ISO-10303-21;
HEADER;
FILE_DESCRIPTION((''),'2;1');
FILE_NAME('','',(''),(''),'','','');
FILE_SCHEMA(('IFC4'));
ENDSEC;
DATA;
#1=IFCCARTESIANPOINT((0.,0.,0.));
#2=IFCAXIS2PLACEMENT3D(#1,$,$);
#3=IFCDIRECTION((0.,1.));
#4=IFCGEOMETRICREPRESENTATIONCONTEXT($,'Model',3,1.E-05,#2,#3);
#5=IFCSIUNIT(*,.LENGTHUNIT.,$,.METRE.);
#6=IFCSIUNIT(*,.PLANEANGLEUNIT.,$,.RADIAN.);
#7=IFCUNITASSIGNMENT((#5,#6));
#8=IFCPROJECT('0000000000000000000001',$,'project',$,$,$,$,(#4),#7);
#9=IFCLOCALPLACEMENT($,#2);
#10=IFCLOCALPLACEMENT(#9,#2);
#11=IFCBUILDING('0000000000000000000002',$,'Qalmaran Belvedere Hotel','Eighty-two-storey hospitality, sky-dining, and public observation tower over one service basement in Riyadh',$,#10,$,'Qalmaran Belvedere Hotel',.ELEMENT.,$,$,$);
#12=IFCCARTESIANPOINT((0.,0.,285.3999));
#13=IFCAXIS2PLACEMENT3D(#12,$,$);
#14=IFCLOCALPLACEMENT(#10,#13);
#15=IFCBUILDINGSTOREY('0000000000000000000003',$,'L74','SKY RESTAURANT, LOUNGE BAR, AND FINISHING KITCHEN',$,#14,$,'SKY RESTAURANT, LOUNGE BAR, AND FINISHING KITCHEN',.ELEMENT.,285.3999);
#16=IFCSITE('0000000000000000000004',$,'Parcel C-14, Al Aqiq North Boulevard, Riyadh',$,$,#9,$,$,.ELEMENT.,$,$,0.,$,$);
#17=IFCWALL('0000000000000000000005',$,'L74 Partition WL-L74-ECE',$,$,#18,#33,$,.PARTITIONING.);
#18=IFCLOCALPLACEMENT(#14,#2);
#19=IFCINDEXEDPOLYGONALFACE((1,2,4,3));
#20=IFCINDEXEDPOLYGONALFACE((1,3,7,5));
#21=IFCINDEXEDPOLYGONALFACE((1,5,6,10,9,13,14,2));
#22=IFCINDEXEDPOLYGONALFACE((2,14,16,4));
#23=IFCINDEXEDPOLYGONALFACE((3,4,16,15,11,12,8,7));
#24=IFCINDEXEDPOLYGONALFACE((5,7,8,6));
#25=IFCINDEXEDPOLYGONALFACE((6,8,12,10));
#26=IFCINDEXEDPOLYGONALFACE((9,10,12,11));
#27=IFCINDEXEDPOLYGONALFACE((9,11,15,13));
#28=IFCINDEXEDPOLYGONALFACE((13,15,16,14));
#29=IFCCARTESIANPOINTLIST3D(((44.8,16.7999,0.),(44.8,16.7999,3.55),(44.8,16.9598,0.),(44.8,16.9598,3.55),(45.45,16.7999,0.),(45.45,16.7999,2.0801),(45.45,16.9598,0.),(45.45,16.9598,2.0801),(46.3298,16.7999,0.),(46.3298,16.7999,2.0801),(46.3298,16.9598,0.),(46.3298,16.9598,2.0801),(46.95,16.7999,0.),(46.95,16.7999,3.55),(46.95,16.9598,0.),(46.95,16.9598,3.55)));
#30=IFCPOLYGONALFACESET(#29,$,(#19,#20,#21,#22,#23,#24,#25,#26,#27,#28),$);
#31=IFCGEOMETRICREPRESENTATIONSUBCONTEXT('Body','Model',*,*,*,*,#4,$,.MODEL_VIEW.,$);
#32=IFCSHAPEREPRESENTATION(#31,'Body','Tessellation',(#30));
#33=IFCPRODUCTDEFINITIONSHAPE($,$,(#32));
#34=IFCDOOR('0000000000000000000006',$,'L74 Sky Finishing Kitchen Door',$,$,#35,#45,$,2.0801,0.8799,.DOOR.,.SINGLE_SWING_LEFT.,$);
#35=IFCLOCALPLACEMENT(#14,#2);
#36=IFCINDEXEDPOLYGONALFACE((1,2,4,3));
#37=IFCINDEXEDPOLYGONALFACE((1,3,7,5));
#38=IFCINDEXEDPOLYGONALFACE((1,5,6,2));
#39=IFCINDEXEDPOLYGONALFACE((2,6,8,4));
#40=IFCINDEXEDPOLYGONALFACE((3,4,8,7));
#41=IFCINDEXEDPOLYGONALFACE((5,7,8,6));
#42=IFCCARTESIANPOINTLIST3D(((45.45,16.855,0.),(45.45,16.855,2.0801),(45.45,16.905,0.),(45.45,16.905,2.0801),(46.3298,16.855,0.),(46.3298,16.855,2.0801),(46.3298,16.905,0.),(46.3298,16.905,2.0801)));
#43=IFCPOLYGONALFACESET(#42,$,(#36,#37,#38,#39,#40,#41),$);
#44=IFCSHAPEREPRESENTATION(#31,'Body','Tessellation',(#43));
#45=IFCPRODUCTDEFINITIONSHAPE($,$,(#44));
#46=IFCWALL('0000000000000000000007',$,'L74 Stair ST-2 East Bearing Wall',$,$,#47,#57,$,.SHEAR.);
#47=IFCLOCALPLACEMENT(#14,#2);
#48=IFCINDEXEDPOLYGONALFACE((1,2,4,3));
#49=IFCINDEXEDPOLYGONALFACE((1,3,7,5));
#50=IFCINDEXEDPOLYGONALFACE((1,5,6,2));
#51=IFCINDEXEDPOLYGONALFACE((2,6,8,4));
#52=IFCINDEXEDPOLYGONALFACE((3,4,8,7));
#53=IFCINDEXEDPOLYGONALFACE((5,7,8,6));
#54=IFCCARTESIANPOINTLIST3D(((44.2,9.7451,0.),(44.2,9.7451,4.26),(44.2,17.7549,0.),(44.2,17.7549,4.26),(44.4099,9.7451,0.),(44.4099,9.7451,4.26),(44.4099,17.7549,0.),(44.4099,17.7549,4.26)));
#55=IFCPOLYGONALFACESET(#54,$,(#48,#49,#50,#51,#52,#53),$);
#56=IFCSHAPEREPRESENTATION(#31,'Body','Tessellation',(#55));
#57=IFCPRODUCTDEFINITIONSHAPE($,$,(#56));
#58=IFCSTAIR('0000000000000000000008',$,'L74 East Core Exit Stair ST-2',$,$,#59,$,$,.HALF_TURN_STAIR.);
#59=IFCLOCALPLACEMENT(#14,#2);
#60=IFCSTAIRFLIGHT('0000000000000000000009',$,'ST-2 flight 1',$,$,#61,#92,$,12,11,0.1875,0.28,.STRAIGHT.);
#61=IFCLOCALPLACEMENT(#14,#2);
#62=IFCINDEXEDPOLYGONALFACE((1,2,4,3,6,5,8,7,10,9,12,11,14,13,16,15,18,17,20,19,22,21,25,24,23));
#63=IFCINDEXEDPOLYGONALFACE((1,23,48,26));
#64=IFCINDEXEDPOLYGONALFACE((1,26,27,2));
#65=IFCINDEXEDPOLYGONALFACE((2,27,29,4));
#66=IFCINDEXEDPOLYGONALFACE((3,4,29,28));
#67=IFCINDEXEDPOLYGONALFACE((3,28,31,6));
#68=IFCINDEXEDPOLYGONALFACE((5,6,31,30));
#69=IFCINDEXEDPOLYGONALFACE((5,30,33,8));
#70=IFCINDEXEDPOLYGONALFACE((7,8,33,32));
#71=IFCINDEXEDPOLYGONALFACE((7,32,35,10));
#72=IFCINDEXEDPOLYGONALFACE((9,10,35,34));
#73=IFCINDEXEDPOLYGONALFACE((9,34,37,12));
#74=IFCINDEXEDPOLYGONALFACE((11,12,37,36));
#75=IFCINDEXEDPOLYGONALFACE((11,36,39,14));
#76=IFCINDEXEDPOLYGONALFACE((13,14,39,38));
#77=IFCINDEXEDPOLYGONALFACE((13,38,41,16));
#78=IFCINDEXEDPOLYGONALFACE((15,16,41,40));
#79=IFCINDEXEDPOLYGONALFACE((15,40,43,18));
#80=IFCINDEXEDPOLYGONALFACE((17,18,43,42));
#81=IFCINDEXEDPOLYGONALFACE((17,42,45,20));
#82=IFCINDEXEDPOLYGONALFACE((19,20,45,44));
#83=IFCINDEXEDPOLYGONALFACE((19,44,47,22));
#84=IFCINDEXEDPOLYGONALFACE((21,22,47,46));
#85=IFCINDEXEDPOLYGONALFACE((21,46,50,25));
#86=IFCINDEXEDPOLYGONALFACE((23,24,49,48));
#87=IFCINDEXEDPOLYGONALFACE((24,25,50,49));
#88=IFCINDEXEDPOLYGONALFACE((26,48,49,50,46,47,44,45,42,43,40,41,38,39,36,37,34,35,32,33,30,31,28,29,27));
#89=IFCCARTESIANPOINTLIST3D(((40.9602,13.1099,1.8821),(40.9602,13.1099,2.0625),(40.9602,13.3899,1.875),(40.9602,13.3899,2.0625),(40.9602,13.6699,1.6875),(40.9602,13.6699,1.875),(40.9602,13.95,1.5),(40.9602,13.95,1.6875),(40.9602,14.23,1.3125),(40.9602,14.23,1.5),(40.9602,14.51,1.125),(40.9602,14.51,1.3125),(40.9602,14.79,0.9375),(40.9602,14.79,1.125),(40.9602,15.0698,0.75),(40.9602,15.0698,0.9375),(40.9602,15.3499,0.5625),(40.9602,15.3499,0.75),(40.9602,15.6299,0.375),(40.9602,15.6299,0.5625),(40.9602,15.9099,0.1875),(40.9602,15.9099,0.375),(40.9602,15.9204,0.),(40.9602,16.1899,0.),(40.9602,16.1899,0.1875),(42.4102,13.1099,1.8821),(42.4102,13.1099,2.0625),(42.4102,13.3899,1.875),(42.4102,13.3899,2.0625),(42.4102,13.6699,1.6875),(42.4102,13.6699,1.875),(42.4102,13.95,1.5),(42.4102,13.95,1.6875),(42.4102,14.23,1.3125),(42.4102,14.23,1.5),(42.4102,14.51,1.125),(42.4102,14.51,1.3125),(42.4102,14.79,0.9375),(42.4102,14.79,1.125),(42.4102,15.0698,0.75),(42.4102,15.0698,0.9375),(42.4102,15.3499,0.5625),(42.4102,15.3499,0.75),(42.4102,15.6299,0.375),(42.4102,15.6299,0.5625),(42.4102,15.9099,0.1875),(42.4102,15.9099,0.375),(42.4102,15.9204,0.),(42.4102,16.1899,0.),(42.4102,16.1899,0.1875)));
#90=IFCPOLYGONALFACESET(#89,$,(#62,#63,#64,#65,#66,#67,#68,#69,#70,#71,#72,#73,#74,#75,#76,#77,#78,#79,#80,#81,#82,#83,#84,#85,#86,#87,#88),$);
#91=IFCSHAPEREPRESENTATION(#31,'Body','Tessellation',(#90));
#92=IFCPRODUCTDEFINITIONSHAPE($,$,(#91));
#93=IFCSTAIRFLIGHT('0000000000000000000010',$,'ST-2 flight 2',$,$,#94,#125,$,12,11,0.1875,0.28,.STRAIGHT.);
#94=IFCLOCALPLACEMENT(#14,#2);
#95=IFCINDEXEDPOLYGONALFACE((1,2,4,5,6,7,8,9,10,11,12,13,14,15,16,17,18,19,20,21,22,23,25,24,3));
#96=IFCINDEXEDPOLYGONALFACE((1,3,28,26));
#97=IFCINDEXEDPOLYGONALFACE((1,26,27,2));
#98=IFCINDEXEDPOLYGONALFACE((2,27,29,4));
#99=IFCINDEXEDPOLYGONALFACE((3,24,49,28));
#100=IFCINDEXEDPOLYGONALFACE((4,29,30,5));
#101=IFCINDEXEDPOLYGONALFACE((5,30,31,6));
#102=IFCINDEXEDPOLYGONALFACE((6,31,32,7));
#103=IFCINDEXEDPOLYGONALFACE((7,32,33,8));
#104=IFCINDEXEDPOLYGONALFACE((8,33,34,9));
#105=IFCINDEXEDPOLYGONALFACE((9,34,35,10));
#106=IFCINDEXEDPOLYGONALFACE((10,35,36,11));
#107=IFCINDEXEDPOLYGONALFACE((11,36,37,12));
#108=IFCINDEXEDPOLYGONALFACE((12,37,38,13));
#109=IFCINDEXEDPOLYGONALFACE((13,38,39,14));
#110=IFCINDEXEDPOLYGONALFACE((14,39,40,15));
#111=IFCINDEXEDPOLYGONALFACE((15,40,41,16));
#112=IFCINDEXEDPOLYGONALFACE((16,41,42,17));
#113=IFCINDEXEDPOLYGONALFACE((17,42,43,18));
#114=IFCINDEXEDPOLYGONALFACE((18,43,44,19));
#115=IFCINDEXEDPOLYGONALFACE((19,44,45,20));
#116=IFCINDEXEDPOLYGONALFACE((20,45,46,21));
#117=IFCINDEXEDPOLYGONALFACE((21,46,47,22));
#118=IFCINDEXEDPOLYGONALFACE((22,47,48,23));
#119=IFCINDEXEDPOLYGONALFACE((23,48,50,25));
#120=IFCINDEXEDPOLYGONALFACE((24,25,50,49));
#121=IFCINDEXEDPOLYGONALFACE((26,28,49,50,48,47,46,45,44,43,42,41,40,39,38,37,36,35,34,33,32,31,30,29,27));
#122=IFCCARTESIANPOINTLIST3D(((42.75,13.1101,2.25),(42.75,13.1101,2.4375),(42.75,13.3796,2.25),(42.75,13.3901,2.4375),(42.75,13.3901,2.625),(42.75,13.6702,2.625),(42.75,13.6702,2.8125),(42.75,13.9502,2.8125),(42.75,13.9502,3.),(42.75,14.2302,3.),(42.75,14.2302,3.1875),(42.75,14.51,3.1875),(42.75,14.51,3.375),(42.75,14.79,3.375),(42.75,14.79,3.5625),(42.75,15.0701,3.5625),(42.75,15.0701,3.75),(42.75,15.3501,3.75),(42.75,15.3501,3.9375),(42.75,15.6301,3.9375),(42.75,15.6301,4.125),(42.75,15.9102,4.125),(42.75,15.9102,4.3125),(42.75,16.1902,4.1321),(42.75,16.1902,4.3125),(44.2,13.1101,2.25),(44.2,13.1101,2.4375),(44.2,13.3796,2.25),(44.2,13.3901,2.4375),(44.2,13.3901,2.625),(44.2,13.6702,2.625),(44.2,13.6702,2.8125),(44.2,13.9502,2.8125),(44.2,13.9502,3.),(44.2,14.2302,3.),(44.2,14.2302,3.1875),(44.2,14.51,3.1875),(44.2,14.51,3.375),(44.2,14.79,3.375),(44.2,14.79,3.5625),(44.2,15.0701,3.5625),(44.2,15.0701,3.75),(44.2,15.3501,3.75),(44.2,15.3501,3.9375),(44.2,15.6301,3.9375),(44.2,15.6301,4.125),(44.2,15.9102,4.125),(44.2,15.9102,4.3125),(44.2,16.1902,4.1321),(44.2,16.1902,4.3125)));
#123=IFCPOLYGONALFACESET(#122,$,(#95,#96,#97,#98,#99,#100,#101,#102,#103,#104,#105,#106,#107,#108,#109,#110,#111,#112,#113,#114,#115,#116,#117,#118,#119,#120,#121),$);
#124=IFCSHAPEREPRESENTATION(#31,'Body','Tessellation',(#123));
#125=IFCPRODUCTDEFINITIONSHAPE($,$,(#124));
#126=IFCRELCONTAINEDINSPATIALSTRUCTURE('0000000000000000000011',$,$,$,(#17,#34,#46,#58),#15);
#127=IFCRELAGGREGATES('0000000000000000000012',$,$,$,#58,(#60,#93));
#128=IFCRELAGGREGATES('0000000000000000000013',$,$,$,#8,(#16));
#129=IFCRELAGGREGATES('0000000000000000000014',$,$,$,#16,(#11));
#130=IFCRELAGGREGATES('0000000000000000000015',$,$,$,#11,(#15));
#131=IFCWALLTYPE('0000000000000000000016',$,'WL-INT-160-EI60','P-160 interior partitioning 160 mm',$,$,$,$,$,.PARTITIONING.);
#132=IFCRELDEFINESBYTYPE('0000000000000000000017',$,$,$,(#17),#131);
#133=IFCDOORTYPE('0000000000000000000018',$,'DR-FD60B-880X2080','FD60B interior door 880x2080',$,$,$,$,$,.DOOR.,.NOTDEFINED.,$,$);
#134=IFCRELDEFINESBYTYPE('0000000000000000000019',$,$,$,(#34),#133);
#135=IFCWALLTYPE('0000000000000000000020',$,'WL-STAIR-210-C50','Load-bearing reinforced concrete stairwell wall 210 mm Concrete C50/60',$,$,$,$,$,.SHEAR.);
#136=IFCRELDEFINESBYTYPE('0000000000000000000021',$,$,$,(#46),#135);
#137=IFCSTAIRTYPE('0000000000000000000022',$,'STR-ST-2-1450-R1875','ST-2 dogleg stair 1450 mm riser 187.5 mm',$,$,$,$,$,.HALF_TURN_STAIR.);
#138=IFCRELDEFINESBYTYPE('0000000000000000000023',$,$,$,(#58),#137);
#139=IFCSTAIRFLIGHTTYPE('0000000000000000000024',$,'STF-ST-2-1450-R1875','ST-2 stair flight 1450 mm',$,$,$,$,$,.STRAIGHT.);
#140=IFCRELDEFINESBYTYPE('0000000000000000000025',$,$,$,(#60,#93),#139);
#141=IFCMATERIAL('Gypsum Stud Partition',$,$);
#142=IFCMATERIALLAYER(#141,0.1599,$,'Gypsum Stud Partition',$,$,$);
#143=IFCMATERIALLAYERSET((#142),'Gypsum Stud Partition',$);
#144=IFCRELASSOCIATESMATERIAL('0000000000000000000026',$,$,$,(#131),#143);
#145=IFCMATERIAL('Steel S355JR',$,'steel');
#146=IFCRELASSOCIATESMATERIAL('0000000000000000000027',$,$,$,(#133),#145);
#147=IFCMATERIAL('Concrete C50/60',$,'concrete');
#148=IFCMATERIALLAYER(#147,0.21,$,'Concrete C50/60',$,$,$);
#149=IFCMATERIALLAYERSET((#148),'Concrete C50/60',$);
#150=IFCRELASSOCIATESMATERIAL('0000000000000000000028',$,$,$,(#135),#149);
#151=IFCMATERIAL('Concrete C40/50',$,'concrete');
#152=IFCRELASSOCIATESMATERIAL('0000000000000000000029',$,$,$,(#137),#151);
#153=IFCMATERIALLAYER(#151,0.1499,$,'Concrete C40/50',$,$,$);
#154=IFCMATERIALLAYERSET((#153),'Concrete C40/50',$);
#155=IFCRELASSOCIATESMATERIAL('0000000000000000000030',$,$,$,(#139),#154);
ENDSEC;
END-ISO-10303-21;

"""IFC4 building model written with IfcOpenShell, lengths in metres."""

from ifc_helpers import new_model, si_unit, direction, frame, frame_2d, origin, place, context, subcontext, project, spatial, polyline, rectangle, outline, extrude, material, layer, layer_set, type_object, element, fill, aggregate, save


model = new_model("IFC4")

# Units and contexts
model_context = context("Model", 3, precision=1e-05, world=origin(), true_north=direction((0.0, 1.0)))
body_context = subcontext(model_context, "Body", "Model", "MODEL_VIEW")
ifc_project = project(units=[si_unit("LENGTHUNIT", "METRE"), si_unit("PLANEANGLEUNIT", "RADIAN")], contexts=[model_context])

# Site, building, storey
site_placement = place(None, origin())
site = spatial("IfcSite", under=ifc_project, at=site_placement, Name="Parcel C-14, Al Aqiq North Boulevard, Riyadh", CompositionType="ELEMENT", RefElevation=0.0)
building_placement = place(site_placement, origin())
building = spatial("IfcBuilding", under=site, at=building_placement, Name="Qalmaran Belvedere Hotel", Description="Eighty-two-storey hospitality, sky-dining, and public observation tower over one service basement in Riyadh", LongName="Qalmaran Belvedere Hotel", CompositionType="ELEMENT")
storey_placement = place(building_placement, frame((0.0, 0.0, 285.3999)))
storey = spatial("IfcBuildingStorey", under=building, at=storey_placement, Name="L74", Description="SKY RESTAURANT, LOUNGE BAR, AND FINISHING KITCHEN", LongName="SKY RESTAURANT, LOUNGE BAR, AND FINISHING KITCHEN", CompositionType="ELEMENT", Elevation=285.3999)

# Shared definitions
ifc_material_1 = material(Name="Concrete C50/60", Category="concrete")

# Shared definitions
ifc_material_2 = material(Name="Steel S355JR", Category="steel")

# Wall, opening, door
ifc_material_3 = material(Name="Gypsum Stud Partition")
ifc_layer_1 = layer(ifc_material_3, 0.1599, Name="Gypsum Stud Partition")
ifc_layer_set_1 = layer_set([ifc_layer_1], Name="Gypsum Stud Partition")
wall_type_1 = type_object("IfcWallType", Name="WL-INT-160-EI60", Description="P-160 interior partitioning 160 mm", PredefinedType="PARTITIONING", material=ifc_layer_set_1)
wall_1_placement = place(storey_placement, frame((44.8, 16.8799, 0.0), z_axis=(0.0, 0.0, 1.0), x_axis=(1.0, 0.0, 0.0)))
wall_1 = element("IfcWall", 1, at=wall_1_placement, inside=storey, type_object=wall_type_1, Name="L74 Partition WL-L74-ECE", PredefinedType="PARTITIONING", context=body_context, shape_type="SweptSolid", body=[
    extrude(rectangle(XDim=2.1499, YDim=0.1599, at=frame_2d((1.075, 0.0))), origin(), (0.0, 0.0, 1.0), 3.55),
])
opening_1_placement = place(wall_1_placement, frame((1.5298, 0.0, 0.0), z_axis=(0.0, 0.0, 1.0), x_axis=(-1.0, 0.0, 0.0)))
opening_1 = element("IfcOpeningElement", 2, at=opening_1_placement, cuts=wall_1, PredefinedType="OPENING", context=body_context, shape_type="SweptSolid", body=[
    extrude(rectangle(XDim=0.8799, YDim=2.0801, at=frame_2d((0.4399, 1.04))), frame((0.0, 0.0898, 0.0), z_axis=(0.0, -1.0, 0.0), x_axis=(1.0, 0.0, 0.0)), (0.0, 0.0, 1.0), 0.1799),
])
door_type = type_object("IfcDoorType", Name="DR-FD60B-880X2080", Description="FD60B interior door 880x2080", OperationType="NOTDEFINED", PredefinedType="DOOR", material=ifc_material_2)
door_placement = place(opening_1_placement, origin())
door = element("IfcDoor", 3, at=door_placement, inside=storey, type_object=door_type, Name="L74 Sky Finishing Kitchen Door", OperationType="SINGLE_SWING_LEFT", OverallHeight=2.0801, OverallWidth=0.8799, PredefinedType="DOOR", context=body_context, shape_type="SweptSolid", body=[
    extrude(rectangle(XDim=0.8799, YDim=2.0801, at=frame_2d((0.4399, 1.04))), frame((0.0, 0.0249, 0.0), z_axis=(0.0, -1.0, 0.0), x_axis=(1.0, 0.0, 0.0)), (0.0, 0.0, 1.0), 0.05),
])
fill(opening_1, door)

# Wall
ifc_layer_2 = layer(ifc_material_1, 0.21, Name="Concrete C50/60")
ifc_layer_set_2 = layer_set([ifc_layer_2], Name="Concrete C50/60")
wall_type_2 = type_object("IfcWallType", Name="WL-STAIR-210-C50", Description="Load-bearing reinforced concrete stairwell wall 210 mm Concrete C50/60", PredefinedType="SHEAR", material=ifc_layer_set_2)
wall_2_placement = place(storey_placement, frame((44.3049, 9.7451, 0.0), z_axis=(0.0, 0.0, 1.0), x_axis=(0.0, 1.0, 0.0)))
element("IfcWall", 4, at=wall_2_placement, inside=storey, type_object=wall_type_2, Name="L74 Stair ST-2 East Bearing Wall", PredefinedType="SHEAR", context=body_context, shape_type="SweptSolid", body=[
    extrude(rectangle(XDim=8.0098, YDim=0.21, at=frame_2d((4.0049, 0.0))), origin(), (0.0, 0.0, 1.0), 4.26),
])

# Stair, stair flights
ifc_material_4 = material(Name="Concrete C40/50", Category="concrete")
stair_type = type_object("IfcStairType", Name="STR-ST-2-1450-R1875", Description="ST-2 dogleg stair 1450 mm riser 187.5 mm", PredefinedType="HALF_TURN_STAIR", material=ifc_material_4)
stair_placement = place(storey_placement, origin())
stair = element("IfcStair", 5, at=stair_placement, inside=storey, type_object=stair_type, Name="L74 East Core Exit Stair ST-2", PredefinedType="HALF_TURN_STAIR")
ifc_layer_3 = layer(ifc_material_4, 0.1499, Name="Concrete C40/50")
ifc_layer_set_3 = layer_set([ifc_layer_3], Name="Concrete C40/50")
stair_flight_type = type_object("IfcStairFlightType", Name="STF-ST-2-1450-R1875", Description="ST-2 stair flight 1450 mm", PredefinedType="STRAIGHT", material=ifc_layer_set_3)
stair_flight_1_placement = place(storey_placement, frame((41.6851, 16.1899, 0.0), z_axis=(0.0, 0.0, 1.0), x_axis=(0.0, -1.0, 0.0)))
stair_flight_1 = element("IfcStairFlight", 6, at=stair_flight_1_placement, type_object=stair_flight_type, Name="ST-2 flight 1", NumberOfRisers=12, NumberOfTreads=11, PredefinedType="STRAIGHT", RiserHeight=0.1875, TreadLength=0.28, context=body_context, shape_type="SweptSolid", body=[
    extrude(outline(polyline([(0.0, 0.0), (0.0, 0.1875), (0.28, 0.1875), (0.28, 0.375), (0.5601, 0.375), (0.5601, 0.5625), (0.8401, 0.5625), (0.8401, 0.75), (1.1201, 0.75), (1.1201, 0.9375), (1.3999, 0.9375), (1.3999, 1.125), (1.6799, 1.125), (1.6799, 1.3125), (1.96, 1.3125), (1.96, 1.5), (2.24, 1.5), (2.24, 1.6875), (2.52, 1.6875), (2.52, 1.875), (2.8, 1.875), (2.8, 2.0625), (3.0801, 2.0625), (3.0801, 2.25), (3.0801, 1.8821), (0.2695, 0.0), (0.0, 0.0)])), frame((0.0, 0.7251, 0.0), z_axis=(0.0, -1.0, 0.0), x_axis=(1.0, 0.0, 0.0)), (0.0, 0.0, 1.0), 1.45),
])
stair_flight_2_placement = place(storey_placement, frame((43.4751, 13.1101, 2.25), z_axis=(0.0, 0.0, 1.0), x_axis=(0.0, 1.0, 0.0)))
stair_flight_2 = element("IfcStairFlight", 7, at=stair_flight_2_placement, type_object=stair_flight_type, Name="ST-2 flight 2", NumberOfRisers=12, NumberOfTreads=11, PredefinedType="STRAIGHT", RiserHeight=0.1875, TreadLength=0.28, context=body_context, shape_type="SweptSolid", body=[
    extrude(outline(polyline([(0.0, 0.0), (0.0, 0.1875), (0.28, 0.1875), (0.28, 0.375), (0.5601, 0.375), (0.5601, 0.5625), (0.8401, 0.5625), (0.8401, 0.75), (1.1201, 0.75), (1.1201, 0.9375), (1.3999, 0.9375), (1.3999, 1.125), (1.6799, 1.125), (1.6799, 1.3125), (1.96, 1.3125), (1.96, 1.5), (2.24, 1.5), (2.24, 1.6875), (2.52, 1.6875), (2.52, 1.875), (2.8, 1.875), (2.8, 2.0625), (3.0801, 2.0625), (3.0801, 2.25), (3.0801, 1.8821), (0.2695, 0.0), (0.0, 0.0)])), frame((0.0, 0.7251, 0.0), z_axis=(0.0, -1.0, 0.0), x_axis=(1.0, 0.0, 0.0)), (0.0, 0.0, 1.0), 1.45),
])
aggregate(stair, [stair_flight_1, stair_flight_2])

save(model, "model.ifc")
